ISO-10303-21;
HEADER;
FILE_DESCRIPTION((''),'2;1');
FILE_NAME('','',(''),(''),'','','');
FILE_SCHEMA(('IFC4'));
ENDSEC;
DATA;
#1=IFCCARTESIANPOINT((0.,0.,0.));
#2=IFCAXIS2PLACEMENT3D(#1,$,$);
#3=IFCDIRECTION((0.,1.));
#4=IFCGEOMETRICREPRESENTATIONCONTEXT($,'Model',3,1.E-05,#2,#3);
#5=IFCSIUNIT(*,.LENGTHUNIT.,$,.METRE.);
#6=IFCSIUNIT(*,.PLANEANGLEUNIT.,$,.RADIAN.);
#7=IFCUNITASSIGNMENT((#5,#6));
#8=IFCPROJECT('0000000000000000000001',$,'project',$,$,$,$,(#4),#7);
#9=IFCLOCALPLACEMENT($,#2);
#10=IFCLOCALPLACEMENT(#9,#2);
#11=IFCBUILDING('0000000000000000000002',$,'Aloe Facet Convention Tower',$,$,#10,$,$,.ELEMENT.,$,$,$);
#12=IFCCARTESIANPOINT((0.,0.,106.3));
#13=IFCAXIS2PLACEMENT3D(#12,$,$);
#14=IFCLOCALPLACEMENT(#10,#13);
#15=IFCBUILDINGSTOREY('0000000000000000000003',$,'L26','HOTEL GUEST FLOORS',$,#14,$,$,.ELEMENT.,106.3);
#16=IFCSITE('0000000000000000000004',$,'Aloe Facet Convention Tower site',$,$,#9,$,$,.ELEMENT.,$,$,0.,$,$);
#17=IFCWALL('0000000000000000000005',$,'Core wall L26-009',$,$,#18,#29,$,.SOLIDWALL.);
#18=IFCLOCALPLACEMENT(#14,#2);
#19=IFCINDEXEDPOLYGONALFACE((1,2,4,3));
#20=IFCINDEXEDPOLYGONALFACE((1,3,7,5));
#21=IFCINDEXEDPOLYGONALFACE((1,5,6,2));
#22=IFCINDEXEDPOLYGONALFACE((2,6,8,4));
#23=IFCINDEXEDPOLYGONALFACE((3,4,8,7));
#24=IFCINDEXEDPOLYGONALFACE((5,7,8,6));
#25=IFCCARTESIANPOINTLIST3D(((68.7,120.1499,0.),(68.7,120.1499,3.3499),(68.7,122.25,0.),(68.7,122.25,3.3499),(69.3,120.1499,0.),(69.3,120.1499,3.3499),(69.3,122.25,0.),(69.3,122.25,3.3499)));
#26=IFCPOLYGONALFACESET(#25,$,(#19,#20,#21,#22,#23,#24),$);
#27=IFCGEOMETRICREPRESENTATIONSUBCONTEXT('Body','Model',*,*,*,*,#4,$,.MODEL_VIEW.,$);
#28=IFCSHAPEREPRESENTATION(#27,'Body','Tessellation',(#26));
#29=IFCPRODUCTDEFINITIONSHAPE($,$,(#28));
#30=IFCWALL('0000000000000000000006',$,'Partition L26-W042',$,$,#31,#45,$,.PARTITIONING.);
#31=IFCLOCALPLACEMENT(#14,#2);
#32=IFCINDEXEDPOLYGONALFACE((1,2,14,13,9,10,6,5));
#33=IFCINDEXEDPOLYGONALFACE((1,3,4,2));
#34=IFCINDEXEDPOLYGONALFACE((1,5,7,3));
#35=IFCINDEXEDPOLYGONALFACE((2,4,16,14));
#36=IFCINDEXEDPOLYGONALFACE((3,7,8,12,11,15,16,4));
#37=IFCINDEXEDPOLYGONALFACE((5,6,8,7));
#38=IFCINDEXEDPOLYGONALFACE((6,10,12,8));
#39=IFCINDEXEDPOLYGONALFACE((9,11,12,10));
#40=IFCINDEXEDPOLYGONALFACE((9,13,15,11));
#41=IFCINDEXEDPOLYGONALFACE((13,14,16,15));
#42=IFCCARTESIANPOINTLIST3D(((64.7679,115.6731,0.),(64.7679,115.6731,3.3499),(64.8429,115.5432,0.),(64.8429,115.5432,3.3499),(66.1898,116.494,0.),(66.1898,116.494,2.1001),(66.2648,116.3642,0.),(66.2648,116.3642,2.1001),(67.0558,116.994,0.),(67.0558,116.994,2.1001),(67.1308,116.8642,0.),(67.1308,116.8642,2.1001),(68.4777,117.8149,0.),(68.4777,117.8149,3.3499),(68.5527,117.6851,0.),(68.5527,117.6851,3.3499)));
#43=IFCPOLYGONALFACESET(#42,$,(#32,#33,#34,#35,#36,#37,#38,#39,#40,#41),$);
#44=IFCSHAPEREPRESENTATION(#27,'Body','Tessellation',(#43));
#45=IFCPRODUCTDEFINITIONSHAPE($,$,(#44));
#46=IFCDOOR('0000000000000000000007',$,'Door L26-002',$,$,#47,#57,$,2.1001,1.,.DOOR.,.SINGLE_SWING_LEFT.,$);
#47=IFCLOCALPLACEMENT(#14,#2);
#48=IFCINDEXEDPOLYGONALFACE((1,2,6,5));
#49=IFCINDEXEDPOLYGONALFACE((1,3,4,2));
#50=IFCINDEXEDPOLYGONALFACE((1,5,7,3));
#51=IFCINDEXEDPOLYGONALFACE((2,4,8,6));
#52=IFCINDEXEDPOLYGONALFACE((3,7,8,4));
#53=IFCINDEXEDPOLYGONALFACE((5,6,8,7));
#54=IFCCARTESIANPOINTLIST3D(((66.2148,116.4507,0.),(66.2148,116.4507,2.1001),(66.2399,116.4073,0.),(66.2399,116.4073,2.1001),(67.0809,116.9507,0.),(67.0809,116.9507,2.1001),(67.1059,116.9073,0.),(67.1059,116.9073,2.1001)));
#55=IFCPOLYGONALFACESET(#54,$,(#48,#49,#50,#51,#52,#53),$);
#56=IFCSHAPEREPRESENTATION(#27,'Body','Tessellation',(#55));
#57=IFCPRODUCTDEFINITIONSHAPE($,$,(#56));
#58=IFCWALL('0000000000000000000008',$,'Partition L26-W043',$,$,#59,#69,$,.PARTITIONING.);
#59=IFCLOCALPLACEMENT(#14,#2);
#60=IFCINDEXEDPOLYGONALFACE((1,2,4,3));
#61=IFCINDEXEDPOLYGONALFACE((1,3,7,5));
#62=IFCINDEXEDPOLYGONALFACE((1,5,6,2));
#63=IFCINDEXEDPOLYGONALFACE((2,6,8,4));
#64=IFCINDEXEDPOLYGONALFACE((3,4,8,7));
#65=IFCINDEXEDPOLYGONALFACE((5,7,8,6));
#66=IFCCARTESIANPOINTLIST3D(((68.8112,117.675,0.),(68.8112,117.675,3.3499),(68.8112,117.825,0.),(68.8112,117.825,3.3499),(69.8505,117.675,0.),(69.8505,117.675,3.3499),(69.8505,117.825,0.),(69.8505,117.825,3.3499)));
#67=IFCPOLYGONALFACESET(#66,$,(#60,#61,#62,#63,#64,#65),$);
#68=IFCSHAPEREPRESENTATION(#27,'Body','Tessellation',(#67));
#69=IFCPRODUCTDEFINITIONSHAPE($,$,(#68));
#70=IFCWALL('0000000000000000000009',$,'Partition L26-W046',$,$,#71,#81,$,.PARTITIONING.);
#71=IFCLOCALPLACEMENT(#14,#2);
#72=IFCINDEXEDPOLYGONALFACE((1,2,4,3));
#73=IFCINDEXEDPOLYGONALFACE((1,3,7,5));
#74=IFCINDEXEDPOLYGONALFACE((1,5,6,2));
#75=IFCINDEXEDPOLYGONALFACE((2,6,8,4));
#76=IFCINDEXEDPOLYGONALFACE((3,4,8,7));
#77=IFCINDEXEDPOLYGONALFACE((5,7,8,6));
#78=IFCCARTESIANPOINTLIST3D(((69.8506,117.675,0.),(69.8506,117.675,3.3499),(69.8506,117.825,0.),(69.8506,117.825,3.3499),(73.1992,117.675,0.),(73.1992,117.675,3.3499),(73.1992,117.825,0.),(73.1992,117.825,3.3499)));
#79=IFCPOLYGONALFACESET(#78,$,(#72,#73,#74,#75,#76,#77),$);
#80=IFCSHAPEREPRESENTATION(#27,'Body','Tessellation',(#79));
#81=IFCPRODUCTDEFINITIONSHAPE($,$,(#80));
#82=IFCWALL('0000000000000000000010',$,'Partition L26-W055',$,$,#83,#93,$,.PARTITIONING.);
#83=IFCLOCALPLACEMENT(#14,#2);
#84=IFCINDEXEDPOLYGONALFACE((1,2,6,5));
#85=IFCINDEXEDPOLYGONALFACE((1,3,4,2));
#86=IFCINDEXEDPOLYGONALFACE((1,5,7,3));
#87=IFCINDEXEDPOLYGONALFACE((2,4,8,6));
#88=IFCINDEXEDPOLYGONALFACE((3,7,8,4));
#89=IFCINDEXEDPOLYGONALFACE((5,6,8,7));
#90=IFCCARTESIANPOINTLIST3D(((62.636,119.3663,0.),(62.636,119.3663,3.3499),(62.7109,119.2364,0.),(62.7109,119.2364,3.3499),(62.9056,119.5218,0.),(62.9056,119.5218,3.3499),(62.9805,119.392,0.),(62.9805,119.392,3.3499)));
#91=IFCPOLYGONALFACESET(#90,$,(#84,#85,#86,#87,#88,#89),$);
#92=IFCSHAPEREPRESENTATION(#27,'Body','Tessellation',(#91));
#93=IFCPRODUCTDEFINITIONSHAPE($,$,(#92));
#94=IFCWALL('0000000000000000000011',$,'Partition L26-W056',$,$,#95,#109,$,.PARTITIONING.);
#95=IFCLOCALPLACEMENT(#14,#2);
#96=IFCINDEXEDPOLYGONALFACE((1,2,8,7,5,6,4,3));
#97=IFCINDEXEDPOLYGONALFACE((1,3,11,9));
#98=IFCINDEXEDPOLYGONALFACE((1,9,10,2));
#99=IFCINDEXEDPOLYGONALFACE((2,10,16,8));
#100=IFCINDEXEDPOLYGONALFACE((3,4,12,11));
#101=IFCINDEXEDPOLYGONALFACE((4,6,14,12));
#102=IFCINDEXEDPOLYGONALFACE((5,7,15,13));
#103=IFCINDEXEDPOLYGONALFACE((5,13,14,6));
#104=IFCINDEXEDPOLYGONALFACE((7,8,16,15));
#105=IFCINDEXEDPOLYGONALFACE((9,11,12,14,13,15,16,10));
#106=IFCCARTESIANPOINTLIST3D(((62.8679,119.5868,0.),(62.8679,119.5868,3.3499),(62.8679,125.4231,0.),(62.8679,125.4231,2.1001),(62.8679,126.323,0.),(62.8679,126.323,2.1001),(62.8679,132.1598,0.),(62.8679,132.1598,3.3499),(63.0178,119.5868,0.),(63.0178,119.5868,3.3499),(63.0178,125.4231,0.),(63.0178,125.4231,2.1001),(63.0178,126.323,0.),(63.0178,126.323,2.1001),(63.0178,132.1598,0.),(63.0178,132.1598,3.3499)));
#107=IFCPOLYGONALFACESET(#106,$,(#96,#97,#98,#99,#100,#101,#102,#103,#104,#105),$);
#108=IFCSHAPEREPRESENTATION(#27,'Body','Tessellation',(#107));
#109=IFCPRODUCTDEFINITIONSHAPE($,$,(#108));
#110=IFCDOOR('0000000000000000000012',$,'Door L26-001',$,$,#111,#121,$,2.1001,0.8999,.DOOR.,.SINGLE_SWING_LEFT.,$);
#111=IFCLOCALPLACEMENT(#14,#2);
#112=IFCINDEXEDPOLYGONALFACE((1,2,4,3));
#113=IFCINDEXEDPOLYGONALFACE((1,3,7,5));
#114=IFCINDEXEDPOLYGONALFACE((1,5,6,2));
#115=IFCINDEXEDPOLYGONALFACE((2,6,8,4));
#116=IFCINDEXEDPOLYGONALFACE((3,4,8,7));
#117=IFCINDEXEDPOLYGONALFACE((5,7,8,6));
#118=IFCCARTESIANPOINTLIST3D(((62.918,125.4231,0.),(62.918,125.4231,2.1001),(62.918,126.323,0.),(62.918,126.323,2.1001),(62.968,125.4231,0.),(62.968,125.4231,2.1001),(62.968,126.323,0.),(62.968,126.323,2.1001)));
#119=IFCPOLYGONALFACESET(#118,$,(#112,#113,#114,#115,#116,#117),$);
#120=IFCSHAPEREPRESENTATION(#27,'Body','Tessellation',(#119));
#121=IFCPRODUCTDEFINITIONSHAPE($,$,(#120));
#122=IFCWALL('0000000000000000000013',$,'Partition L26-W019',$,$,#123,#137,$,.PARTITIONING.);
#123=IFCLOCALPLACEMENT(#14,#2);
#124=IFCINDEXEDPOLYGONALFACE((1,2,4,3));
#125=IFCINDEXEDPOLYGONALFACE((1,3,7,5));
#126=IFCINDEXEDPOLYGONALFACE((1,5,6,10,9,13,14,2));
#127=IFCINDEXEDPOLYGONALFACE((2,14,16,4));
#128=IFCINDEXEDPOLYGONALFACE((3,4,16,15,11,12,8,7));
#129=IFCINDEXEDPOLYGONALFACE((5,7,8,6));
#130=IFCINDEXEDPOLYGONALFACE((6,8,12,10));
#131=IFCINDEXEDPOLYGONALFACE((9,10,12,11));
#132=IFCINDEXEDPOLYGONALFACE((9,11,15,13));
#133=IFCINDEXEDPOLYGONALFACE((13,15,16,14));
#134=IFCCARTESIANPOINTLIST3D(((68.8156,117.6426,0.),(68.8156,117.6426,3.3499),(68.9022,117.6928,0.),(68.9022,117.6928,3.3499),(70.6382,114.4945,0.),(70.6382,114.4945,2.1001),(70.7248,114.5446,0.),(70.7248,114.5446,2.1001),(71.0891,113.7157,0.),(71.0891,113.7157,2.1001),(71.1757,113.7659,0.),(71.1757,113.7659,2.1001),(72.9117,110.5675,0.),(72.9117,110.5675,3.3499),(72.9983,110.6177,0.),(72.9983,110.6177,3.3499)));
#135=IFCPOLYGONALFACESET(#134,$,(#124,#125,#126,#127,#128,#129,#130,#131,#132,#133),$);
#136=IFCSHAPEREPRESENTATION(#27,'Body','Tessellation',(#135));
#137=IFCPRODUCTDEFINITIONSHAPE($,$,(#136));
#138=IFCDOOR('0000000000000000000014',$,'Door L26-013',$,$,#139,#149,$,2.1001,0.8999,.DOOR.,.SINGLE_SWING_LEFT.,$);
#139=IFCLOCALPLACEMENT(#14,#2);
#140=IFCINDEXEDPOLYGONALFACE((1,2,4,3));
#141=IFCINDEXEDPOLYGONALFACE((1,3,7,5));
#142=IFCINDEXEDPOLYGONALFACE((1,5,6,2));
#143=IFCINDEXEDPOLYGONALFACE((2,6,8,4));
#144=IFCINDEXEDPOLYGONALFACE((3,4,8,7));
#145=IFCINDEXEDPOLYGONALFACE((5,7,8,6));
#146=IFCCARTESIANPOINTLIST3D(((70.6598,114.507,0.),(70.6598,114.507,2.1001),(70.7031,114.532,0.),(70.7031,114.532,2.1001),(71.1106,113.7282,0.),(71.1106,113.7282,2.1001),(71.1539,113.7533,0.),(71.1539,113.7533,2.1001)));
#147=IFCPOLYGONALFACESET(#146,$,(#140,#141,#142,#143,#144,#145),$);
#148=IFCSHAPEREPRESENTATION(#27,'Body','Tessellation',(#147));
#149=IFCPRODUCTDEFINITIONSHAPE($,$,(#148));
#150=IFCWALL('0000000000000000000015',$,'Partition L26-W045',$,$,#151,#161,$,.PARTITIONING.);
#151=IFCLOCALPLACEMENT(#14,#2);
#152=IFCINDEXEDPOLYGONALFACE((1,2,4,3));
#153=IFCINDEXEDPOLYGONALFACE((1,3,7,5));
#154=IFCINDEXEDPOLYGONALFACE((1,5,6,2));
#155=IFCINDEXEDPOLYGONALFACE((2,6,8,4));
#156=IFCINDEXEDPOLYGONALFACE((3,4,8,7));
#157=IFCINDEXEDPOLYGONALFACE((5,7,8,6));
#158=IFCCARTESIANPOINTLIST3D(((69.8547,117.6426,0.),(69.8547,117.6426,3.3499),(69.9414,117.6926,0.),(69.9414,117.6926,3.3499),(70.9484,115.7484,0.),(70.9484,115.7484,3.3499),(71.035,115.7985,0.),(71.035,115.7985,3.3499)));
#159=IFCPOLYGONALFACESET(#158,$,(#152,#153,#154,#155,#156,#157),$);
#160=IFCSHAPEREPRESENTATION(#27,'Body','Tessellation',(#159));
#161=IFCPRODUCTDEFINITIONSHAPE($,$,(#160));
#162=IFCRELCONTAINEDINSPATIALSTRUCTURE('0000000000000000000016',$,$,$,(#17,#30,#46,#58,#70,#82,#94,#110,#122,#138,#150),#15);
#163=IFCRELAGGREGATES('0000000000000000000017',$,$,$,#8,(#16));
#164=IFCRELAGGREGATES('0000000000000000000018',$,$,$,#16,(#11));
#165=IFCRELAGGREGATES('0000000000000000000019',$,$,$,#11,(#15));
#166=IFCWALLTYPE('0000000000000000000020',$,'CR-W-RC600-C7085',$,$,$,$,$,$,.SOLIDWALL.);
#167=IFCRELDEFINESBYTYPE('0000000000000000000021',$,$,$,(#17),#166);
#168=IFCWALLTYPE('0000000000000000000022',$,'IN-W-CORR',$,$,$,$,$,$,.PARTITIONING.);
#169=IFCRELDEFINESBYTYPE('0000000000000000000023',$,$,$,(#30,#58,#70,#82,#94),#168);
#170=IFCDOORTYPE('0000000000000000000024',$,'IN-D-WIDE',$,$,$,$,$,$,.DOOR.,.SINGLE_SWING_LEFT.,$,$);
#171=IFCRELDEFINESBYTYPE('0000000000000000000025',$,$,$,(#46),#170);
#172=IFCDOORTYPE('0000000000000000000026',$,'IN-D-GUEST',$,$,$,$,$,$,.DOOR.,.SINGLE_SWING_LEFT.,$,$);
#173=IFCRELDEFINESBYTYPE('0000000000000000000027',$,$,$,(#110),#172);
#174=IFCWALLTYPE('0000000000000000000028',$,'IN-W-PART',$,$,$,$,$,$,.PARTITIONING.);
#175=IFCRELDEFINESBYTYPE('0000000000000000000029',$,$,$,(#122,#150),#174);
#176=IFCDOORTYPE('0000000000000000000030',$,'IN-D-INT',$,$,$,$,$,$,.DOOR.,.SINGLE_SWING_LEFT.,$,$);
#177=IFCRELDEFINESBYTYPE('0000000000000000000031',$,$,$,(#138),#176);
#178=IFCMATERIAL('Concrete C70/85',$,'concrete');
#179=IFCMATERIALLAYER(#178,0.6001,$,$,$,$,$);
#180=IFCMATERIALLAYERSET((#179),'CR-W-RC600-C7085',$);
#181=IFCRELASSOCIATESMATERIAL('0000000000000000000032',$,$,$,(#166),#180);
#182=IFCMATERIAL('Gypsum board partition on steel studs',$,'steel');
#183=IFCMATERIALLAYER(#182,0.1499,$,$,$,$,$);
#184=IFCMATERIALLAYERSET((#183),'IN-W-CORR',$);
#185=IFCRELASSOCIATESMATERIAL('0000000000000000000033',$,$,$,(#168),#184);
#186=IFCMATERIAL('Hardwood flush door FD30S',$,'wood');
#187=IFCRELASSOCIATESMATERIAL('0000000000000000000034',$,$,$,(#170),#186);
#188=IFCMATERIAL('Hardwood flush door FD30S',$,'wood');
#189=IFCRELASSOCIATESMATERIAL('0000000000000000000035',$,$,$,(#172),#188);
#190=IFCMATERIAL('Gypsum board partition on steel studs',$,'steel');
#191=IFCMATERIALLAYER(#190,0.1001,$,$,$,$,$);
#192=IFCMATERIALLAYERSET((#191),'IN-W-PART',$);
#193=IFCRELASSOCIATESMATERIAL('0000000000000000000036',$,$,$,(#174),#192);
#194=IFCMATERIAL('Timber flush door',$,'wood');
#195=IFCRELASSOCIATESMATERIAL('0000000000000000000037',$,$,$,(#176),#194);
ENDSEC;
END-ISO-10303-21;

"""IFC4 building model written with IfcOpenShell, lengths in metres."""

from ifc_helpers import new_model, si_unit, direction, frame, frame_2d, origin, place, context, subcontext, project, spatial, rectangle, extrude, material, layer, layer_set, type_object, element, fill, save


model = new_model("IFC4")

# Units and contexts
model_context = context("Model", 3, precision=1e-05, world=origin(), true_north=direction((0.0, 1.0)))
body_context = subcontext(model_context, "Body", "Model", "MODEL_VIEW")
ifc_project = project(units=[si_unit("LENGTHUNIT", "METRE"), si_unit("PLANEANGLEUNIT", "RADIAN")], contexts=[model_context])

# Site, building, storey
site_placement = place(None, origin())
site = spatial("IfcSite", under=ifc_project, at=site_placement, Name="Aloe Facet Convention Tower site", CompositionType="ELEMENT", RefElevation=0.0)
building_placement = place(site_placement, origin())
building = spatial("IfcBuilding", under=site, at=building_placement, Name="Aloe Facet Convention Tower", CompositionType="ELEMENT")
storey_placement = place(building_placement, frame((0.0, 0.0, 106.3)))
storey = spatial("IfcBuildingStorey", under=building, at=storey_placement, Name="L26", Description="HOTEL GUEST FLOORS", CompositionType="ELEMENT", Elevation=106.3)

# Shared definitions
ifc_material_1 = material(Name="Concrete C70/85", Category="concrete")
ifc_layer_1 = layer(ifc_material_1, 0.6001)
ifc_layer_set_1 = layer_set([ifc_layer_1], Name="CR-W-RC600-C7085")
wall_type_1 = type_object("IfcWallType", Name="CR-W-RC600-C7085", PredefinedType="SOLIDWALL", material=ifc_layer_set_1)

# Wall
wall_1_placement = place(storey_placement, frame((69.0, 122.25, 0.0), z_axis=(0.0, 0.0, 1.0), x_axis=(0.0, -1.0, 0.0)))
element("IfcWall", 1, at=wall_1_placement, inside=storey, type_object=wall_type_1, Name="Core wall L26-009", PredefinedType="SOLIDWALL", context=body_context, shape_type="SweptSolid", body=[
    extrude(rectangle(XDim=2.1001, YDim=0.6001, at=frame_2d((1.05, 0.0))), origin(), (0.0, 0.0, 1.0), 3.3499),
])

# Wall, opening, door
ifc_material_2 = material(Name="Gypsum board partition on steel studs", Category="steel")
ifc_layer_2 = layer(ifc_material_2, 0.1499)
ifc_layer_set_2 = layer_set([ifc_layer_2], Name="IN-W-CORR")
wall_type_2 = type_object("IfcWallType", Name="IN-W-CORR", PredefinedType="PARTITIONING", material=ifc_layer_set_2)
wall_2_placement = place(storey_placement, frame((64.8054, 115.6082, 0.0), z_axis=(0.0, 0.0, 1.0), x_axis=(0.866021, 0.500007, 0.0)))
wall_2 = element("IfcWall", 2, at=wall_2_placement, inside=storey, type_object=wall_type_2, Name="Partition L26-W042", PredefinedType="PARTITIONING", context=body_context, shape_type="SweptSolid", body=[
    extrude(rectangle(XDim=4.2837, YDim=0.1499, at=frame_2d((2.1418, 0.0))), origin(), (0.0, 0.0, 1.0), 3.3499),
])
opening_1_placement = place(wall_2_placement, frame((1.6418, 0.0, 0.0)))
opening_1 = element("IfcOpeningElement", 3, at=opening_1_placement, cuts=wall_2, PredefinedType="OPENING", context=body_context, shape_type="SweptSolid", body=[
    extrude(rectangle(XDim=1.0, YDim=2.1001, at=frame_2d((0.5, 1.05))), frame((0.0, 0.085, 0.0), z_axis=(0.0, -1.0, 0.0), x_axis=(1.0, 0.0, 0.0)), (0.0, 0.0, 1.0), 0.1699),
])
ifc_material_3 = material(Name="Hardwood flush door FD30S", Category="wood")
door_type_1 = type_object("IfcDoorType", Name="IN-D-WIDE", OperationType="SINGLE_SWING_LEFT", PredefinedType="DOOR", material=ifc_material_3)
door_1_placement = place(opening_1_placement, origin())
door_1 = element("IfcDoor", 4, at=door_1_placement, inside=storey, type_object=door_type_1, Name="Door L26-002", OperationType="SINGLE_SWING_LEFT", OverallHeight=2.1001, OverallWidth=1.0, PredefinedType="DOOR", context=body_context, shape_type="SweptSolid", body=[
    extrude(rectangle(XDim=1.0, YDim=2.1001, at=frame_2d((0.5, 1.05))), frame((0.0, 0.0249, 0.0), z_axis=(0.0, -1.0, 0.0), x_axis=(1.0, 0.0, 0.0)), (0.0, 0.0, 1.0), 0.05),
])
fill(opening_1, door_1)

# Walls
wall_3_placement = place(storey_placement, frame((68.8113, 117.75, 0.0), z_axis=(0.0, 0.0, 1.0), x_axis=(1.0, 0.0, 0.0)))
element("IfcWall", 5, at=wall_3_placement, inside=storey, type_object=wall_type_2, Name="Partition L26-W043", PredefinedType="PARTITIONING", context=body_context, shape_type="SweptSolid", body=[
    extrude(rectangle(XDim=1.0393, YDim=0.1499, at=frame_2d((0.5195, 0.0))), origin(), (0.0, 0.0, 1.0), 3.3499),
])
wall_4_placement = place(storey_placement, frame((69.8506, 117.75, 0.0), z_axis=(0.0, 0.0, 1.0), x_axis=(1.0, 0.0, 0.0)))
element("IfcWall", 6, at=wall_4_placement, inside=storey, type_object=wall_type_2, Name="Partition L26-W046", PredefinedType="PARTITIONING", context=body_context, shape_type="SweptSolid", body=[
    extrude(rectangle(XDim=3.3486, YDim=0.1499, at=frame_2d((1.6743, 0.0))), origin(), (0.0, 0.0, 1.0), 3.3499),
])
wall_5_placement = place(storey_placement, frame((62.6733, 119.3013, 0.0), z_axis=(0.0, 0.0, 1.0), x_axis=(0.866159, 0.499768, 0.0)))
element("IfcWall", 7, at=wall_5_placement, inside=storey, type_object=wall_type_2, Name="Partition L26-W055", PredefinedType="PARTITIONING", context=body_context, shape_type="SweptSolid", body=[
    extrude(rectangle(XDim=0.3113, YDim=0.1499, at=frame_2d((0.1558, 0.0))), origin(), (0.0, 0.0, 1.0), 3.3499),
])

# Walls, openings, doors
wall_6_placement = place(storey_placement, frame((62.9429, 119.5867, 0.0), z_axis=(0.0, 0.0, 1.0), x_axis=(0.0, 1.0, 0.0)))
wall_6 = element("IfcWall", 8, at=wall_6_placement, inside=storey, type_object=wall_type_2, Name="Partition L26-W056", PredefinedType="PARTITIONING", context=body_context, shape_type="SweptSolid", body=[
    extrude(rectangle(XDim=12.573, YDim=0.1499, at=frame_2d((6.2866, 0.0))), origin(), (0.0, 0.0, 1.0), 3.3499),
])
opening_2_placement = place(wall_6_placement, frame((5.8364, 0.0, 0.0)))
opening_2 = element("IfcOpeningElement", 9, at=opening_2_placement, cuts=wall_6, PredefinedType="OPENING", context=body_context, shape_type="SweptSolid", body=[
    extrude(rectangle(XDim=0.8999, YDim=2.1001, at=frame_2d((0.45, 1.05))), frame((0.0, 0.085, 0.0), z_axis=(0.0, -1.0, 0.0), x_axis=(1.0, 0.0, 0.0)), (0.0, 0.0, 1.0), 0.1699),
])
ifc_material_4 = material(Name="Hardwood flush door FD30S", Category="wood")
door_type_2 = type_object("IfcDoorType", Name="IN-D-GUEST", OperationType="SINGLE_SWING_LEFT", PredefinedType="DOOR", material=ifc_material_4)
door_2_placement = place(opening_2_placement, origin())
door_2 = element("IfcDoor", 10, at=door_2_placement, inside=storey, type_object=door_type_2, Name="Door L26-001", OperationType="SINGLE_SWING_LEFT", OverallHeight=2.1001, OverallWidth=0.8999, PredefinedType="DOOR", context=body_context, shape_type="SweptSolid", body=[
    extrude(rectangle(XDim=0.8999, YDim=2.1001, at=frame_2d((0.45, 1.05))), frame((0.0, 0.0249, 0.0), z_axis=(0.0, -1.0, 0.0), x_axis=(1.0, 0.0, 0.0)), (0.0, 0.0, 1.0), 0.05),
])
fill(opening_2, door_2)
ifc_material_5 = material(Name="Gypsum board partition on steel studs", Category="steel")
ifc_layer_3 = layer(ifc_material_5, 0.1001)
ifc_layer_set_3 = layer_set([ifc_layer_3], Name="IN-W-PART")
wall_type_3 = type_object("IfcWallType", Name="IN-W-PART", PredefinedType="PARTITIONING", material=ifc_layer_set_3)
wall_7_placement = place(storey_placement, frame((68.8589, 117.6677, 0.0), z_axis=(0.0, 0.0, 1.0), x_axis=(0.501039, -0.865425, 0.0)))
wall_7 = element("IfcWall", 11, at=wall_7_placement, inside=storey, type_object=wall_type_3, Name="Partition L26-W019", PredefinedType="PARTITIONING", context=body_context, shape_type="SweptSolid", body=[
    extrude(rectangle(XDim=8.1753, YDim=0.1001, at=frame_2d((4.0876, 0.0))), origin(), (0.0, 0.0, 1.0), 3.3499),
])
opening_3_placement = place(wall_7_placement, frame((3.6377, 0.0, 0.0)))
opening_3 = element("IfcOpeningElement", 12, at=opening_3_placement, cuts=wall_7, PredefinedType="OPENING", context=body_context, shape_type="SweptSolid", body=[
    extrude(rectangle(XDim=0.8999, YDim=2.1001, at=frame_2d((0.45, 1.05))), frame((0.0, 0.0601, 0.0), z_axis=(0.0, -1.0, 0.0), x_axis=(1.0, 0.0, 0.0)), (0.0, 0.0, 1.0), 0.1201),
])
ifc_material_6 = material(Name="Timber flush door", Category="wood")
door_type_3 = type_object("IfcDoorType", Name="IN-D-INT", OperationType="SINGLE_SWING_LEFT", PredefinedType="DOOR", material=ifc_material_6)
door_3_placement = place(opening_3_placement, origin())
door_3 = element("IfcDoor", 13, at=door_3_placement, inside=storey, type_object=door_type_3, Name="Door L26-013", OperationType="SINGLE_SWING_LEFT", OverallHeight=2.1001, OverallWidth=0.8999, PredefinedType="DOOR", context=body_context, shape_type="SweptSolid", body=[
    extrude(rectangle(XDim=0.8999, YDim=2.1001, at=frame_2d((0.45, 1.05))), frame((0.0, 0.0249, 0.0), z_axis=(0.0, -1.0, 0.0), x_axis=(1.0, 0.0, 0.0)), (0.0, 0.0, 1.0), 0.05),
])
fill(opening_3, door_3)

# Wall
wall_8_placement = place(storey_placement, frame((69.8979, 117.6677, 0.0), z_axis=(0.0, 0.0, 1.0), x_axis=(0.500028, -0.866009, 0.0)))
element("IfcWall", 14, at=wall_8_placement, inside=storey, type_object=wall_type_3, Name="Partition L26-W045", PredefinedType="PARTITIONING", context=body_context, shape_type="SweptSolid", body=[
    extrude(rectangle(XDim=2.1873, YDim=0.1001, at=frame_2d((1.0938, 0.0))), origin(), (0.0, 0.0, 1.0), 3.3499),
])

save(model, "model.ifc")
